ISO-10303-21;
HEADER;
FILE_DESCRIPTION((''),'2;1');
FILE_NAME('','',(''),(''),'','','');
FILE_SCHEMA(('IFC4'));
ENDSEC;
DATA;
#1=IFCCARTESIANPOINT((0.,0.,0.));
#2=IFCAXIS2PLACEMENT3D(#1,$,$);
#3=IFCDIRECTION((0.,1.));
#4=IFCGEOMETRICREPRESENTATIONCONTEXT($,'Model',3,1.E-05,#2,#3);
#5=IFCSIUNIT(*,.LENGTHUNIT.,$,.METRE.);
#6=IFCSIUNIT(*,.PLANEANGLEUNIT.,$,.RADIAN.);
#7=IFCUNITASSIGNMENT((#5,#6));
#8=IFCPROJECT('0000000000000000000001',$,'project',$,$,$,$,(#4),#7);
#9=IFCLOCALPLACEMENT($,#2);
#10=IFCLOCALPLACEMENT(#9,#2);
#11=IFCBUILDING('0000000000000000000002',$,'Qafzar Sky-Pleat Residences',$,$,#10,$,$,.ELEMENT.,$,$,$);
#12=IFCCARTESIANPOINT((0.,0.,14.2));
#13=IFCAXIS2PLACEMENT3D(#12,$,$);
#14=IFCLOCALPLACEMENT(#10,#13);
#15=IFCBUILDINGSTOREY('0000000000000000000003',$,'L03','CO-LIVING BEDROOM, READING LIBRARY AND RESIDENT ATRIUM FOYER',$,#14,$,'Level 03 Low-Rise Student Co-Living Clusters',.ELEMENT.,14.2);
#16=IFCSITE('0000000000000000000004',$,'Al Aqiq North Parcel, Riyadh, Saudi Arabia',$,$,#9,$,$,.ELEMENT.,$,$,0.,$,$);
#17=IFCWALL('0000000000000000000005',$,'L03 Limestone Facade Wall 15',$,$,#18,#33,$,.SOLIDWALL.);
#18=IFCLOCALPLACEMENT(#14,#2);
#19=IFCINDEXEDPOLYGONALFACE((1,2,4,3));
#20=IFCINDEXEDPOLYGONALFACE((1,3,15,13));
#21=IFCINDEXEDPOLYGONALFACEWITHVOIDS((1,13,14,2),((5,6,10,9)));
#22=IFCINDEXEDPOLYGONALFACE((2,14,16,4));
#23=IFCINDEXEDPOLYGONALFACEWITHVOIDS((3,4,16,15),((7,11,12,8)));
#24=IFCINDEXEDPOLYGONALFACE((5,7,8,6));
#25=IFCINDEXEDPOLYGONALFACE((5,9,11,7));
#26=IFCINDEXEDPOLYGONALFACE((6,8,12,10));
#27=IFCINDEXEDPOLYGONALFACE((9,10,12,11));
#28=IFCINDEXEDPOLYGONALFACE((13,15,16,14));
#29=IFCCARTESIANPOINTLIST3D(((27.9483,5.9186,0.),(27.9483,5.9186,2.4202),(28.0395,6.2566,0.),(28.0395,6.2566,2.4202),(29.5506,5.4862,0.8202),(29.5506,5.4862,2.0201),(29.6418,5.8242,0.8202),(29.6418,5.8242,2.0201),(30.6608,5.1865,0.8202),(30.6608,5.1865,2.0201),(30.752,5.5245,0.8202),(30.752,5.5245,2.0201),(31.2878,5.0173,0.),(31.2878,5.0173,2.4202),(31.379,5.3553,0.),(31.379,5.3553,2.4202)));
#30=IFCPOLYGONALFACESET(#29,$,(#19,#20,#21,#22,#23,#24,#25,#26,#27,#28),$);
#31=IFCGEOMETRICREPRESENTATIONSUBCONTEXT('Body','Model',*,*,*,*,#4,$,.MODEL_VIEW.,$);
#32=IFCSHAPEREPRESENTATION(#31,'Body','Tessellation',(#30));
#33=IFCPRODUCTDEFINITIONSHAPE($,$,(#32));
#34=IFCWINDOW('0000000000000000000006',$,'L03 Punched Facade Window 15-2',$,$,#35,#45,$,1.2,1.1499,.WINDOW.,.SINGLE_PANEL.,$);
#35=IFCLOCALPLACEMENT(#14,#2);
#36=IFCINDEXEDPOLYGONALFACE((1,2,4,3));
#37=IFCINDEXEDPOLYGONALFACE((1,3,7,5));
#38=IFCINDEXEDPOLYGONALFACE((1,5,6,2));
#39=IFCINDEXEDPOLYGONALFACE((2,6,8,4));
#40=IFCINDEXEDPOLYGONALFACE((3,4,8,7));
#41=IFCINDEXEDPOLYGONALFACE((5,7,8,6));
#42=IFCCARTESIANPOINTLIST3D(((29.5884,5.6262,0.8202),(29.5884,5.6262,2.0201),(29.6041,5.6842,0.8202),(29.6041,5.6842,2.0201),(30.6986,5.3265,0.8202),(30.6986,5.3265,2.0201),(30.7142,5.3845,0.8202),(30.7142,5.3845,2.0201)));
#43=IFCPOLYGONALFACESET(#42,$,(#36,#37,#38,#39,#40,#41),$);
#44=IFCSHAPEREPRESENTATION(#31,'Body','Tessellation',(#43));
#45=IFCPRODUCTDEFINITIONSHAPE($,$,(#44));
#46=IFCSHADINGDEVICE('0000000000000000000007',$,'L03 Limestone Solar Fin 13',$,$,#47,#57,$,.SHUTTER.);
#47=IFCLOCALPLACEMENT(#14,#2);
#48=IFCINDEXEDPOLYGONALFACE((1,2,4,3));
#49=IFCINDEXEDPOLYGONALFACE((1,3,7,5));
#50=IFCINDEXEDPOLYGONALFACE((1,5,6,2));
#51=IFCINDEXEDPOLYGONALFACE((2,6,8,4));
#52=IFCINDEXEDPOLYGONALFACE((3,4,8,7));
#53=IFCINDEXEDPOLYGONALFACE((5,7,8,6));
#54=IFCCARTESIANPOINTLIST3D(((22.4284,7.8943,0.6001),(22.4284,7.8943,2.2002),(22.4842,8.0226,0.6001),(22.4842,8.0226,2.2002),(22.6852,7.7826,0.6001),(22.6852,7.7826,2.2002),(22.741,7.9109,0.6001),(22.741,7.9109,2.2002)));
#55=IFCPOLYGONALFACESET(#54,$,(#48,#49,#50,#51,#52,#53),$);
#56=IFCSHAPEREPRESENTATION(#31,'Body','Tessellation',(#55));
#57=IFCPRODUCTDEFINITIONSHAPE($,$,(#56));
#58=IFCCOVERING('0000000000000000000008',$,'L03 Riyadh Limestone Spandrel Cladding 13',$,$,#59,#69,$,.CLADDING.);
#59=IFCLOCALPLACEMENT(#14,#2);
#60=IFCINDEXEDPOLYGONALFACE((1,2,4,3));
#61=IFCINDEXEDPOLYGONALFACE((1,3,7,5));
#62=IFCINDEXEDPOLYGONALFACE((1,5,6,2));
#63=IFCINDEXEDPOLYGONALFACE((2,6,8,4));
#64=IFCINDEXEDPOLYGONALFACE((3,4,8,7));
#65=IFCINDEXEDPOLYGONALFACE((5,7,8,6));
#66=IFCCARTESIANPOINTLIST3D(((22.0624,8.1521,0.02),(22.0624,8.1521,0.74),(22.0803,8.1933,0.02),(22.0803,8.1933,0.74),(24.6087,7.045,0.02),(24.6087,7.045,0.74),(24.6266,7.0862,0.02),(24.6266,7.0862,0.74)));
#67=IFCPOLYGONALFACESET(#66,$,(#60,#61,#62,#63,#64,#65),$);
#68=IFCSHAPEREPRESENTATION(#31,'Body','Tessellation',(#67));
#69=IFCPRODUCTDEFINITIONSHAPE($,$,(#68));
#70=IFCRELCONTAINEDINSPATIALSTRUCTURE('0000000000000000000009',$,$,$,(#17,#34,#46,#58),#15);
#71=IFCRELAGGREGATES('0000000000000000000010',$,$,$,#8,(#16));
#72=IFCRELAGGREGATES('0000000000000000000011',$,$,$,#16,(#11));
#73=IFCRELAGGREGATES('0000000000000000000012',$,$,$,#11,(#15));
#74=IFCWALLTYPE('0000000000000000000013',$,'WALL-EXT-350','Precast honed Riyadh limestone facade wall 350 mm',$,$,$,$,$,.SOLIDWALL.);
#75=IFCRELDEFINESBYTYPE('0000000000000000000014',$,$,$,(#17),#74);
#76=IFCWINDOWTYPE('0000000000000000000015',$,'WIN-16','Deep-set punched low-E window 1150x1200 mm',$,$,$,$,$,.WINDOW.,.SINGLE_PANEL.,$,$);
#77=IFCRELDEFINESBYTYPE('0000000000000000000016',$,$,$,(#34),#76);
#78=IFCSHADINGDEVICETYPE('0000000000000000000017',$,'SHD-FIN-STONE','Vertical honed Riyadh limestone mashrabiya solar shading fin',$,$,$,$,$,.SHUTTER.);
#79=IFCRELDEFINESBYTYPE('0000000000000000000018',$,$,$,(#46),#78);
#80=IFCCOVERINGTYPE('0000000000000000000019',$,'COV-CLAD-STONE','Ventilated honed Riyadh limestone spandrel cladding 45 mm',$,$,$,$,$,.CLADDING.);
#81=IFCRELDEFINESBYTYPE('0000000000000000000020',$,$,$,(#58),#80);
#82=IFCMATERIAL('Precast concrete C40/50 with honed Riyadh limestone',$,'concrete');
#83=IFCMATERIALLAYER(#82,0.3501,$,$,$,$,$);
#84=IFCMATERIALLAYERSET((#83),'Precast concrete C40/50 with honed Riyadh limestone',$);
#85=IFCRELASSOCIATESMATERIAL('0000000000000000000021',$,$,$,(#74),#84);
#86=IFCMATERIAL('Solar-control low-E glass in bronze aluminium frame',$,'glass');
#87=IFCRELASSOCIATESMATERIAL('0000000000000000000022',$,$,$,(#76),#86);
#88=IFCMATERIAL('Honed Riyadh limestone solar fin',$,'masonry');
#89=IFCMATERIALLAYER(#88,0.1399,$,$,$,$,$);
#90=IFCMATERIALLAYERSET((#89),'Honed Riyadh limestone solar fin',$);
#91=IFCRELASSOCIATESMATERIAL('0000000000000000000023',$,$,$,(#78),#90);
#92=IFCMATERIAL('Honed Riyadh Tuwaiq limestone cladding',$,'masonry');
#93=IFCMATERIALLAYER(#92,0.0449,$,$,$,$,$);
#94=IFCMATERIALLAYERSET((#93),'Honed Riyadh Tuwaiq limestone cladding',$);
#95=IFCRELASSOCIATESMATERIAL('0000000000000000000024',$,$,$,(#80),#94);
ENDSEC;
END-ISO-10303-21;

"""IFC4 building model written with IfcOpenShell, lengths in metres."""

from ifc_helpers import new_model, si_unit, direction, frame, frame_2d, origin, origin_2d, place, context, subcontext, project, spatial, rectangle, extrude, source, transform, mapped, material, layer, layer_set, type_object, element, fill, save


model = new_model("IFC4")

# Units and contexts
model_context = context("Model", 3, precision=1e-05, world=origin(), true_north=direction((0.0, 1.0)))
body_context = subcontext(model_context, "Body", "Model", "MODEL_VIEW")
ifc_project = project(units=[si_unit("LENGTHUNIT", "METRE"), si_unit("PLANEANGLEUNIT", "RADIAN")], contexts=[model_context])

# Site, building, storey
site_placement = place(None, origin())
site = spatial("IfcSite", under=ifc_project, at=site_placement, Name="Al Aqiq North Parcel, Riyadh, Saudi Arabia", CompositionType="ELEMENT", RefElevation=0.0)
building_placement = place(site_placement, origin())
building = spatial("IfcBuilding", under=site, at=building_placement, Name="Qafzar Sky-Pleat Residences", CompositionType="ELEMENT")
storey_placement = place(building_placement, frame((0.0, 0.0, 14.2)))
storey = spatial("IfcBuildingStorey", under=building, at=storey_placement, Name="L03", Description="CO-LIVING BEDROOM, READING LIBRARY AND RESIDENT ATRIUM FOYER", LongName="Level 03 Low-Rise Student Co-Living Clusters", CompositionType="ELEMENT", Elevation=14.2)

# Wall, opening, window
ifc_material_1 = material(Name="Precast concrete C40/50 with honed Riyadh limestone", Category="concrete")
ifc_layer_1 = layer(ifc_material_1, 0.3501)
ifc_layer_set_1 = layer_set([ifc_layer_1], Name="Precast concrete C40/50 with honed Riyadh limestone")
wall_type_1 = type_object("IfcWallType", Name="WALL-EXT-350", Description="Precast honed Riyadh limestone facade wall 350 mm", PredefinedType="SOLIDWALL", material=ifc_layer_set_1)
ifc_material_2 = material(Name="Solar-control low-E glass in bronze aluminium frame", Category="glass")
wall_1_placement = place(storey_placement, frame((27.9939, 6.0876, 0.0), z_axis=(0.0, 0.0, 1.0), x_axis=(0.965453, -0.260578, 0.0)))
wall_1 = element("IfcWall", 1, at=wall_1_placement, inside=storey, type_object=wall_type_1, Name="L03 Limestone Facade Wall 15", PredefinedType="SOLIDWALL", context=body_context, shape_type="SweptSolid", body=[
    extrude(rectangle(XDim=3.459, YDim=0.3501, at=frame_2d((1.7295, 0.0))), origin(), (0.0, 0.0, 1.0), 2.4202),
])
opening_1_placement = place(wall_1_placement, frame((1.6597, 0.0, 0.8201)))
opening_1 = element("IfcOpeningElement", 2, at=opening_1_placement, cuts=wall_1, PredefinedType="OPENING", context=body_context, shape_type="SweptSolid", body=[
    extrude(rectangle(XDim=1.1499, YDim=1.2, at=frame_2d((0.575, 0.6001))), frame((0.0, 0.1851, 0.0), z_axis=(0.0, -1.0, 0.0), x_axis=(1.0, 0.0, 0.0)), (0.0, 0.0, 1.0), 0.3701),
])
window_type_1 = type_object("IfcWindowType", Name="WIN-16", Description="Deep-set punched low-E window 1150x1200 mm", PartitioningType="SINGLE_PANEL", PredefinedType="WINDOW", material=ifc_material_2)
shared_shape_1 = source(origin(), body_context, "Body", "SweptSolid", [
    extrude(rectangle(XDim=1.1499, YDim=1.2, at=frame_2d((0.575, 0.6001))), frame((0.0, 0.03, 0.0), z_axis=(0.0, -1.0, 0.0), x_axis=(1.0, 0.0, 0.0)), (0.0, 0.0, 1.0), 0.0601),
])
window_1_placement = place(opening_1_placement, origin())
window_1 = element("IfcWindow", 3, at=window_1_placement, inside=storey, type_object=window_type_1, Name="L03 Punched Facade Window 15-2", OverallHeight=1.2, OverallWidth=1.1499, PartitioningType="SINGLE_PANEL", PredefinedType="WINDOW", context=body_context, shape_type="MappedRepresentation", body=[
    mapped(shared_shape_1, transform((0.0, 0.0, 0.0), x_axis=(1.0, 0.0, 0.0), y_axis=(0.0, 1.0, 0.0), z_axis=(0.0, 0.0, 1.0), scale=1.0)),
])
fill(opening_1, window_1)

# Shading device
ifc_material_3 = material(Name="Honed Riyadh limestone solar fin", Category="masonry")
ifc_layer_2 = layer(ifc_material_3, 0.1399)
ifc_layer_set_2 = layer_set([ifc_layer_2], Name="Honed Riyadh limestone solar fin")
shading_device_type = type_object("IfcShadingDeviceType", Name="SHD-FIN-STONE", Description="Vertical honed Riyadh limestone mashrabiya solar shading fin", PredefinedType="SHUTTER", material=ifc_layer_set_2)
shared_shape_2 = source(origin(), body_context, "Body", "SweptSolid", [
    extrude(rectangle(XDim=0.1399, YDim=0.28, at=origin_2d()), origin(), (0.0, 0.0, 1.0), 1.6001),
])
shading_device_placement = place(storey_placement, frame((22.5847, 7.9026, 0.6001), z_axis=(0.0, 0.0, 1.0), x_axis=(-0.39871, -0.917077, 0.0)))
element("IfcShadingDevice", 4, at=shading_device_placement, inside=storey, type_object=shading_device_type, Name="L03 Limestone Solar Fin 13", PredefinedType="SHUTTER", context=body_context, shape_type="MappedRepresentation", body=[
    mapped(shared_shape_2, transform((0.0, 0.0, 0.0), x_axis=(1.0, 0.0, 0.0), y_axis=(0.0, 1.0, 0.0), z_axis=(0.0, 0.0, 1.0), scale=1.0)),
])

# Covering
ifc_material_4 = material(Name="Honed Riyadh Tuwaiq limestone cladding", Category="masonry")
ifc_layer_3 = layer(ifc_material_4, 0.0449)
ifc_layer_set_3 = layer_set([ifc_layer_3], Name="Honed Riyadh Tuwaiq limestone cladding")
covering_type = type_object("IfcCoveringType", Name="COV-CLAD-STONE", Description="Ventilated honed Riyadh limestone spandrel cladding 45 mm", PredefinedType="CLADDING", material=ifc_layer_set_3)
shared_shape_3 = source(origin(), body_context, "Body", "SweptSolid", [
    extrude(rectangle(XDim=2.7766, YDim=0.0449, at=origin_2d()), origin(), (0.0, 0.0, 1.0), 0.72),
])
covering_placement = place(storey_placement, frame((23.3445, 7.6191, 0.02), z_axis=(0.0, 0.0, 1.0), x_axis=(0.917069, -0.39873, 0.0)))
element("IfcCovering", 5, at=covering_placement, inside=storey, type_object=covering_type, Name="L03 Riyadh Limestone Spandrel Cladding 13", PredefinedType="CLADDING", context=body_context, shape_type="MappedRepresentation", body=[
    mapped(shared_shape_3, transform((0.0, 0.0, 0.0), x_axis=(1.0, 0.0, 0.0), y_axis=(0.0, 1.0, 0.0), z_axis=(0.0, 0.0, 1.0), scale=1.0)),
])

save(model, "model.ifc")
